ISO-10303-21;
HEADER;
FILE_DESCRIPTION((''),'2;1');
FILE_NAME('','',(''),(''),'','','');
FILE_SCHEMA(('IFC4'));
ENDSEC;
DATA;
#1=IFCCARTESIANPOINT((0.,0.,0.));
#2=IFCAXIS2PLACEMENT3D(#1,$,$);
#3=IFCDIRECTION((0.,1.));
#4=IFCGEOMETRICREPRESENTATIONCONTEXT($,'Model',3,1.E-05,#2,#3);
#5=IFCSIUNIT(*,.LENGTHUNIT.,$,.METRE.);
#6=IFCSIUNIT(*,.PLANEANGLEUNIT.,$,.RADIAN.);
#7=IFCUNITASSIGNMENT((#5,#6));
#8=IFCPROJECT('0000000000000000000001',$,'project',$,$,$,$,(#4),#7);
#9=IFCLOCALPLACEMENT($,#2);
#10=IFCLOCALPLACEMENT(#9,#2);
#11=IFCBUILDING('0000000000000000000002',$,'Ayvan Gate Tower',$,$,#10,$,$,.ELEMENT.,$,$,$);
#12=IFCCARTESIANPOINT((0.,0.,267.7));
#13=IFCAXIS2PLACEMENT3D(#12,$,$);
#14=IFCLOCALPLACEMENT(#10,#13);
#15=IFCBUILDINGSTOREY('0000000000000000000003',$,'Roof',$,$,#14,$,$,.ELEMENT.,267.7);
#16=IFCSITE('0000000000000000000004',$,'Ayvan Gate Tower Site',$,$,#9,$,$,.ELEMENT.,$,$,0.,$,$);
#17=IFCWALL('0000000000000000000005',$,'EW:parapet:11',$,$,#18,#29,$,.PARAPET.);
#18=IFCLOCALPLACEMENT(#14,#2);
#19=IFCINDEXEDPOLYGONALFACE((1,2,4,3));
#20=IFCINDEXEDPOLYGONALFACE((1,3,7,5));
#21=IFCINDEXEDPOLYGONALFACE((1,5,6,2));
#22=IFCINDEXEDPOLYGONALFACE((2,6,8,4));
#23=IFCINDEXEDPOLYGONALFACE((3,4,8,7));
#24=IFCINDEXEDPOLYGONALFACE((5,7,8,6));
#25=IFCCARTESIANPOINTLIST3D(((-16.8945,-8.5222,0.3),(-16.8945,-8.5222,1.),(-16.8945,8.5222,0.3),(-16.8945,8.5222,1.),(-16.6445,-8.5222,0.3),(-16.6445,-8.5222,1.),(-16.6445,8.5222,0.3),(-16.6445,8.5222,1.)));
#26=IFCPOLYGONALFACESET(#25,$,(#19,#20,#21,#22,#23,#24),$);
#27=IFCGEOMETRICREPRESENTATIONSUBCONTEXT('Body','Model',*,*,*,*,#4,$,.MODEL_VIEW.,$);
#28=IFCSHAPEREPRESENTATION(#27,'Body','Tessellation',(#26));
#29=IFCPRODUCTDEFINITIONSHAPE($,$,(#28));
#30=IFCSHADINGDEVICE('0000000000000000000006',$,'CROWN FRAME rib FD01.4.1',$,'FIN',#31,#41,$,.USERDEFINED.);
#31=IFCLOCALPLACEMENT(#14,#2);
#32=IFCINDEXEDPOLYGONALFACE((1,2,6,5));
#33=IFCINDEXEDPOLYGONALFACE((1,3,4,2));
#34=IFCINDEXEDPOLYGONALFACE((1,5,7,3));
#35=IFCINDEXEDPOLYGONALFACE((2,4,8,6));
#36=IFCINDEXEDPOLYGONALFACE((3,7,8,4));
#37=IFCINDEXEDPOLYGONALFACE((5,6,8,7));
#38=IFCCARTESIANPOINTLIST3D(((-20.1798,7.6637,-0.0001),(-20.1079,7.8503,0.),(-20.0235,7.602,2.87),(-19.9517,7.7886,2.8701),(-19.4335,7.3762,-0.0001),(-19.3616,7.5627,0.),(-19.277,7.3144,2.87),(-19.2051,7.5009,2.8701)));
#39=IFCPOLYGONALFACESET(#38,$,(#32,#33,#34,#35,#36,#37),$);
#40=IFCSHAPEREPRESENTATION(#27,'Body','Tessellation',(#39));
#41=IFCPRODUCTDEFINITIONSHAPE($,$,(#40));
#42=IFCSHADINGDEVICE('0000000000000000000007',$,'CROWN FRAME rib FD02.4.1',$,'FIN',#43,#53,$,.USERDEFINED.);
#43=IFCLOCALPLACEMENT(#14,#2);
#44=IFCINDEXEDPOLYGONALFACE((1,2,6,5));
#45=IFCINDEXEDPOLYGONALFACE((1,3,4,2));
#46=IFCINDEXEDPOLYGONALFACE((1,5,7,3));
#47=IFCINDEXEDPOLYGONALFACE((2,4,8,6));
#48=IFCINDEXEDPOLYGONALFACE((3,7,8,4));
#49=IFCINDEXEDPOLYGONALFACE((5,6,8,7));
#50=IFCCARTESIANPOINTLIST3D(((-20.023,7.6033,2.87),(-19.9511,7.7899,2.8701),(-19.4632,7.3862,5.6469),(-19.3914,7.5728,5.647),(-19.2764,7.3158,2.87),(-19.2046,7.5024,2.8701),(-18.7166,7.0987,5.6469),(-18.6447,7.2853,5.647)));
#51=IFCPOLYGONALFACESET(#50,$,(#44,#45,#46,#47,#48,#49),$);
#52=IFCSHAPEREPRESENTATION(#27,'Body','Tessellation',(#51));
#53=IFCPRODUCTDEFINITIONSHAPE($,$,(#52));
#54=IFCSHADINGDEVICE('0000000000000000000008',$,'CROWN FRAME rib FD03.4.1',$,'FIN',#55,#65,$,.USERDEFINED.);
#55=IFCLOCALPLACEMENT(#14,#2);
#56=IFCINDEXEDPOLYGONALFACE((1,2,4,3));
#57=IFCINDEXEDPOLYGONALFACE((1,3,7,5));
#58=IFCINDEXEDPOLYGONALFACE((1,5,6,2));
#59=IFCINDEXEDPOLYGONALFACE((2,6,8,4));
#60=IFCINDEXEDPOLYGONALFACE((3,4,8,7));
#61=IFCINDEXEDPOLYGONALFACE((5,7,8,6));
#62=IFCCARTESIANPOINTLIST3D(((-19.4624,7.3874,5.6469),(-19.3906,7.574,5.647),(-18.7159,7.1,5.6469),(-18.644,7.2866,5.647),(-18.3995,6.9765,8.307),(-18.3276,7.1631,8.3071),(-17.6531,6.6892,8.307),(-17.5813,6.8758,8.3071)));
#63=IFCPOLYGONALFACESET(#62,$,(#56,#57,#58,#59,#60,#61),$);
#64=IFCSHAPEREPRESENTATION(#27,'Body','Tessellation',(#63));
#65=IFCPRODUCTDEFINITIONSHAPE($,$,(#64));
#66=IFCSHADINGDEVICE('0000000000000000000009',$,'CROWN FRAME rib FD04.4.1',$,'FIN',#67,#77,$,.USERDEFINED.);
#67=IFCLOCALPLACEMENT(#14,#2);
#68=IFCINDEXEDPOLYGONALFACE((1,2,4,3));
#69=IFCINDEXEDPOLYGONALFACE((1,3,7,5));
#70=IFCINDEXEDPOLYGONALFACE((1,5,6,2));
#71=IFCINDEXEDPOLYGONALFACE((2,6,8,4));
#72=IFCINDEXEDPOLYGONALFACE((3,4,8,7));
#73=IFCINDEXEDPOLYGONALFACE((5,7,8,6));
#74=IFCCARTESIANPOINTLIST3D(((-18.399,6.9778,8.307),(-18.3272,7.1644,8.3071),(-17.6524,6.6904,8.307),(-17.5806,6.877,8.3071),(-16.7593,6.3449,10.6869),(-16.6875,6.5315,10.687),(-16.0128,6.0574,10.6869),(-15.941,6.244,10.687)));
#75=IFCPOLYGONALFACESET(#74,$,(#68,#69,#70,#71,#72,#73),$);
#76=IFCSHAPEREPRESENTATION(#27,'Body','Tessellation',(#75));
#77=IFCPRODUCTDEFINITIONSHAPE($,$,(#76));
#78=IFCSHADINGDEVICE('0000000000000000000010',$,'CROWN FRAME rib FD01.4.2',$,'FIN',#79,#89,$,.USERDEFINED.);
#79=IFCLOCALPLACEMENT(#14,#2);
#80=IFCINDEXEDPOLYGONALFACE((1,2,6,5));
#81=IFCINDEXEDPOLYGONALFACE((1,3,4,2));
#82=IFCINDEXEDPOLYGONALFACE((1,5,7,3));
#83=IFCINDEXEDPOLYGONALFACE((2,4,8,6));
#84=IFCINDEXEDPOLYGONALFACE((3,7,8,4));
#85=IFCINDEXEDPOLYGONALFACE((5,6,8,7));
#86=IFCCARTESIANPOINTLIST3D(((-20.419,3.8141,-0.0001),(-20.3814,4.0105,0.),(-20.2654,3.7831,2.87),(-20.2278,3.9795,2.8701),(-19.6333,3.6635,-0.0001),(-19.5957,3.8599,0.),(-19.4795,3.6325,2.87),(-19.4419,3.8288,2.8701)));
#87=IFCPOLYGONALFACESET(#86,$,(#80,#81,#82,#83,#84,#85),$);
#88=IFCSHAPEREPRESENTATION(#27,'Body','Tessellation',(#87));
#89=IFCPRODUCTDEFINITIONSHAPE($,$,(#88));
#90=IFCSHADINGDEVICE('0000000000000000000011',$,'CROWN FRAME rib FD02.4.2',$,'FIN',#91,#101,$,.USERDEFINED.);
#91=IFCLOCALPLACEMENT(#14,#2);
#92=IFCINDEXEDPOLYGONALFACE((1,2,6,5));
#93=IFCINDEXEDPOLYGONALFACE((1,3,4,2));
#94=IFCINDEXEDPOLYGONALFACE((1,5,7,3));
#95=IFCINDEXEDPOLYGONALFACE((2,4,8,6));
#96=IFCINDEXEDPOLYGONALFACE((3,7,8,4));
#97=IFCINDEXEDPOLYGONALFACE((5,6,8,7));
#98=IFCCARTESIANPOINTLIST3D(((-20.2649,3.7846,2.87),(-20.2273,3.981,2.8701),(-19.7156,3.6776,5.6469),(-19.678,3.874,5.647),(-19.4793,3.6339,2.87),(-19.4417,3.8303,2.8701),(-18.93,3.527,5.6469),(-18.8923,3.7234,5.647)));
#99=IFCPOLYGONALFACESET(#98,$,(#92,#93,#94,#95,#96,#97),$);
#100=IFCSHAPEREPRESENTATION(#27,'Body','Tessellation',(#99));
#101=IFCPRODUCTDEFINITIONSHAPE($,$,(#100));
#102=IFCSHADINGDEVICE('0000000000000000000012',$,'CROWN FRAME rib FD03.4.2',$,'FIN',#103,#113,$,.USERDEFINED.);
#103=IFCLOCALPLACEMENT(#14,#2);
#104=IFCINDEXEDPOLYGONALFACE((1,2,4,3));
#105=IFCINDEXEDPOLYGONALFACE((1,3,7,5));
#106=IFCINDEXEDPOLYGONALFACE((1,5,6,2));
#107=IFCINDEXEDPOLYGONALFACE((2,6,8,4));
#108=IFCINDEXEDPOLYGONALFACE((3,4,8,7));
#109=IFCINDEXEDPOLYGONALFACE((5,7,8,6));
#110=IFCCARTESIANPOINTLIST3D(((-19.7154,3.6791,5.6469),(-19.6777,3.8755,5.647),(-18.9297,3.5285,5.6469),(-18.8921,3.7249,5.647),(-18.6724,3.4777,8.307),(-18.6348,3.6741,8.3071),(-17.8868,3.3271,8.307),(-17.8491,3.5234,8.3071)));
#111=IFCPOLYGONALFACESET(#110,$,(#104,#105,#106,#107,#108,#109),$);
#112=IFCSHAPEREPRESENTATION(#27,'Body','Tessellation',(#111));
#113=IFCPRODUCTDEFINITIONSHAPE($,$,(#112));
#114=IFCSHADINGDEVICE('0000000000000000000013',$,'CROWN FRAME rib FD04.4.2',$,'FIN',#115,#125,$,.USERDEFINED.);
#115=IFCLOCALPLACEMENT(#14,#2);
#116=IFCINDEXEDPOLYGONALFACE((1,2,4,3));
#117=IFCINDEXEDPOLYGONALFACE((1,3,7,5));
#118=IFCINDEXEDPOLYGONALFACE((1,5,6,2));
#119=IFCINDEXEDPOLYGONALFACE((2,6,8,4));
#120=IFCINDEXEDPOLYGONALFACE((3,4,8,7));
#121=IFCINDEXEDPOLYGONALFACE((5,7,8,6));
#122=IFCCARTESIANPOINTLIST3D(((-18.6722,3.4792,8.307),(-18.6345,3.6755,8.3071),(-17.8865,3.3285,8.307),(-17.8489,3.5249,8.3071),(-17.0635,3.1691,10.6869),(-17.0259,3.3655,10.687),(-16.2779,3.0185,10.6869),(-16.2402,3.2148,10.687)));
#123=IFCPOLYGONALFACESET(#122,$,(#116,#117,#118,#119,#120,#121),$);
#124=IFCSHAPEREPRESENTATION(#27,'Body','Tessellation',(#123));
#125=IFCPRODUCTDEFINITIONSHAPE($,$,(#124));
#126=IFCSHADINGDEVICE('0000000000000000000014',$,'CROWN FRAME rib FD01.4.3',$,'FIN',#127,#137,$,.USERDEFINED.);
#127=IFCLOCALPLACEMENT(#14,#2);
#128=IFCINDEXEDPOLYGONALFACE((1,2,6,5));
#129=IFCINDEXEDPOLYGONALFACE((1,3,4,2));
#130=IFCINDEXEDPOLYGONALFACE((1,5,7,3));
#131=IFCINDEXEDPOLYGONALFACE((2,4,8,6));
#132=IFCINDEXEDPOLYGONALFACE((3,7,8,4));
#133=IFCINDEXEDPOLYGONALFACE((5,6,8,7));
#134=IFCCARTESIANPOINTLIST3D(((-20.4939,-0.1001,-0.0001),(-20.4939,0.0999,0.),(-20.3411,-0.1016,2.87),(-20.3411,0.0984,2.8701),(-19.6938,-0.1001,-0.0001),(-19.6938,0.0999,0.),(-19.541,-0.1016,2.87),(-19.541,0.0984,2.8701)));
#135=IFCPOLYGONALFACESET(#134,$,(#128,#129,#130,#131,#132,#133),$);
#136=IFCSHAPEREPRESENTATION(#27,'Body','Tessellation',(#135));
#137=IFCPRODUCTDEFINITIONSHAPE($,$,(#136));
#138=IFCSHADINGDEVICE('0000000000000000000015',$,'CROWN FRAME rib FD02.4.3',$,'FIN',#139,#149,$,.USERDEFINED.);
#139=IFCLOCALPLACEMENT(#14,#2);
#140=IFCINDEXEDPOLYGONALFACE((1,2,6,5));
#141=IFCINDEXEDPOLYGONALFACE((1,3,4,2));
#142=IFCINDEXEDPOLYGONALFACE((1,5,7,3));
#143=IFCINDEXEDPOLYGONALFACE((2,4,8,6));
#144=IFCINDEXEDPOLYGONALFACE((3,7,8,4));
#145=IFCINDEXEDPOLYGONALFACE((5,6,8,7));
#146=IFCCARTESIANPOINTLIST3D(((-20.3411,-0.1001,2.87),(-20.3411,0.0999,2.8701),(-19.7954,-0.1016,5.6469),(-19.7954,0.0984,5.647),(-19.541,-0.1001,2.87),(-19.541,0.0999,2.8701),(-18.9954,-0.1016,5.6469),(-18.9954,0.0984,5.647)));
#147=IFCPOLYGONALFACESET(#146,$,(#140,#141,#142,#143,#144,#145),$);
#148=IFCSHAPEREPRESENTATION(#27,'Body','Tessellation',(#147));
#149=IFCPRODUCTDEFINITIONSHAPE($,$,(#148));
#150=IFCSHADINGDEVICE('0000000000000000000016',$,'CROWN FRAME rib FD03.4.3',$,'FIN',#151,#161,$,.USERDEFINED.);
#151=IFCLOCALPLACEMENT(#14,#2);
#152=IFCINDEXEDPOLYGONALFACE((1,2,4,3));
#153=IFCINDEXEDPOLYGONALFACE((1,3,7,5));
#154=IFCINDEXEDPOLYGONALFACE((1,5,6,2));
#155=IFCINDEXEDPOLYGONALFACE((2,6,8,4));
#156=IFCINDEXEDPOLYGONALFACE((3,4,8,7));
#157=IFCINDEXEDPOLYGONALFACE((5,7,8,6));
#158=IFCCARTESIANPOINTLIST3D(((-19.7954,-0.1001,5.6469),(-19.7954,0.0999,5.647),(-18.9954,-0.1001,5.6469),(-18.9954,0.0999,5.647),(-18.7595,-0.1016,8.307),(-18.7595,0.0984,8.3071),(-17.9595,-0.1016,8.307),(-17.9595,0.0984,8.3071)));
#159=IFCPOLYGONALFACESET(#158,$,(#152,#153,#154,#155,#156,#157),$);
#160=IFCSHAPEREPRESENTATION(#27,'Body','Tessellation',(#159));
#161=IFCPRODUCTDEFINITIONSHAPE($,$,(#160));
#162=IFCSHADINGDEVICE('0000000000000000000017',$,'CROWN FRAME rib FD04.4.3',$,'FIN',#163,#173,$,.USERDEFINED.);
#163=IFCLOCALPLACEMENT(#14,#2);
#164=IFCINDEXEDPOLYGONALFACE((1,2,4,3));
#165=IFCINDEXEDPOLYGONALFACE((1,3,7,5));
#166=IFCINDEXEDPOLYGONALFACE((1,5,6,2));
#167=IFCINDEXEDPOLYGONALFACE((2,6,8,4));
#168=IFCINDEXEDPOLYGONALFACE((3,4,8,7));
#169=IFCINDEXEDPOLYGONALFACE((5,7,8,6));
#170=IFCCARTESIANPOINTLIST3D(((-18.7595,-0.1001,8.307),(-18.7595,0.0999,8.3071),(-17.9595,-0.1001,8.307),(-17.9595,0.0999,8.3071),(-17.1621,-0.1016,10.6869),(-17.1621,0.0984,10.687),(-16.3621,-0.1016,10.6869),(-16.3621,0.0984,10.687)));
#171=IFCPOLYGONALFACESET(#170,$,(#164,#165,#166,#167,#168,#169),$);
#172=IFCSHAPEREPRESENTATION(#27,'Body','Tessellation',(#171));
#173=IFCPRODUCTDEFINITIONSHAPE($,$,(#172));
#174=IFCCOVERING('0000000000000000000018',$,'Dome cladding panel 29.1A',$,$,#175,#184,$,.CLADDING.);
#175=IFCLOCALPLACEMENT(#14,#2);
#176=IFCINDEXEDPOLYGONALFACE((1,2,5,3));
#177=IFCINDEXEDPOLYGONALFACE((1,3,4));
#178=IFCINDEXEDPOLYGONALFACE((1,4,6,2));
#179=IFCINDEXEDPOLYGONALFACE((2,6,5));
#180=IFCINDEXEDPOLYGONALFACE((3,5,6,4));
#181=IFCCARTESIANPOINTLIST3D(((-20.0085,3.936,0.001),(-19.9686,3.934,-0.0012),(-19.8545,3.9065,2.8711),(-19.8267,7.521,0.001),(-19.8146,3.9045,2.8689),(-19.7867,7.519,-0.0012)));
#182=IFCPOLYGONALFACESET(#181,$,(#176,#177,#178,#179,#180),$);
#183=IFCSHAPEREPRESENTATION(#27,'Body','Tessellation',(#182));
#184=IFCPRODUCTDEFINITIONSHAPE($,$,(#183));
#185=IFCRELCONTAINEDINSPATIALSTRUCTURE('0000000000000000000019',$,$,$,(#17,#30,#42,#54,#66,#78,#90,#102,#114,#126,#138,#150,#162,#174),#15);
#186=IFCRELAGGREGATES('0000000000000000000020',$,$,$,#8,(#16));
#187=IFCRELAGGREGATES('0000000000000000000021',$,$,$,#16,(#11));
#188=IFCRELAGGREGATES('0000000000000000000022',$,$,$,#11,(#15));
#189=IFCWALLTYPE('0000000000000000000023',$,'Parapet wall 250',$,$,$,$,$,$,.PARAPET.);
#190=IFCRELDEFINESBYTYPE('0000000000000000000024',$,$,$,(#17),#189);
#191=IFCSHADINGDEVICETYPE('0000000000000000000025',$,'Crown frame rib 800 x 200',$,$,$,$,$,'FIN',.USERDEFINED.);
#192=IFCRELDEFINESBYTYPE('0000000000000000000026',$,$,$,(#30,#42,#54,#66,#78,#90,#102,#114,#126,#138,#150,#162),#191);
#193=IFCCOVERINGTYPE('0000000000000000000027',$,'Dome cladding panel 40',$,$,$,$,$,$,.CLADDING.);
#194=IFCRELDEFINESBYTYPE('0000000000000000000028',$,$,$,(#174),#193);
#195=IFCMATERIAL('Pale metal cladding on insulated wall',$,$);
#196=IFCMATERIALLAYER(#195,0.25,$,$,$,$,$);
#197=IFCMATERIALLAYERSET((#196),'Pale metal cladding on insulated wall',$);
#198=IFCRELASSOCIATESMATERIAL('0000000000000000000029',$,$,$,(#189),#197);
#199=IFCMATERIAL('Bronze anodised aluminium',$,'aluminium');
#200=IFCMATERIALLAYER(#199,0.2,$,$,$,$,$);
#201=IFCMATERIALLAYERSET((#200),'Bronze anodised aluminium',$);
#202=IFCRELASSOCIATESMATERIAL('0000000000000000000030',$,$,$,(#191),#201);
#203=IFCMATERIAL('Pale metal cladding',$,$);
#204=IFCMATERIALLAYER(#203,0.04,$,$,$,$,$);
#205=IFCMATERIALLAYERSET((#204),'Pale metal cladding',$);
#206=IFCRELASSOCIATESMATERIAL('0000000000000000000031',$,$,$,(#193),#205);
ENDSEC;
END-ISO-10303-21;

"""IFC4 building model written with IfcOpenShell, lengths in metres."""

from ifc_helpers import new_model, si_unit, direction, frame, frame_2d, origin, place, context, subcontext, project, spatial, polyline, rectangle, outline, extrude, material, layer, layer_set, type_object, element, save


model = new_model("IFC4")

# Units and contexts
model_context = context("Model", 3, precision=1e-05, world=origin(), true_north=direction((0.0, 1.0)))
body_context = subcontext(model_context, "Body", "Model", "MODEL_VIEW")
ifc_project = project(units=[si_unit("LENGTHUNIT", "METRE"), si_unit("PLANEANGLEUNIT", "RADIAN")], contexts=[model_context])

# Site, building, storey
site_placement = place(None, origin())
site = spatial("IfcSite", under=ifc_project, at=site_placement, Name="Ayvan Gate Tower Site", CompositionType="ELEMENT", RefElevation=0.0)
building_placement = place(site_placement, origin())
building = spatial("IfcBuilding", under=site, at=building_placement, Name="Ayvan Gate Tower", CompositionType="ELEMENT")
storey_placement = place(building_placement, frame((0.0, 0.0, 267.7)))
storey = spatial("IfcBuildingStorey", under=building, at=storey_placement, Name="Roof", CompositionType="ELEMENT", Elevation=267.7)

# Wall
ifc_material_1 = material(Name="Pale metal cladding on insulated wall")
ifc_layer_1 = layer(ifc_material_1, 0.25)
ifc_layer_set_1 = layer_set([ifc_layer_1], Name="Pale metal cladding on insulated wall")
wall_type = type_object("IfcWallType", Name="Parapet wall 250", PredefinedType="PARAPET", material=ifc_layer_set_1)
wall_placement = place(storey_placement, frame((-16.7695, 8.5222, 0.3), z_axis=(0.0, 0.0, 1.0), x_axis=(0.0, -1.0, 0.0)))
element("IfcWall", 1, at=wall_placement, inside=storey, type_object=wall_type, Name="EW:parapet:11", PredefinedType="PARAPET", context=body_context, shape_type="SweptSolid", body=[
    extrude(rectangle(XDim=17.0444, YDim=0.25, at=frame_2d((8.5222, 0.0))), origin(), (0.0, 0.0, 1.0), 0.7),
])

# Shading devices
ifc_material_2 = material(Name="Bronze anodised aluminium", Category="aluminium")
ifc_layer_2 = layer(ifc_material_2, 0.2)
ifc_layer_set_2 = layer_set([ifc_layer_2], Name="Bronze anodised aluminium")
shading_device_type = type_object("IfcShadingDeviceType", Name="Crown frame rib 800 x 200", ElementType="FIN", PredefinedType="USERDEFINED", material=ifc_layer_set_2)
shading_device_1_placement = place(storey_placement, frame((-19.3616, 7.5627, 0.0), z_axis=(0.359521, 0.933137, 0.000494), x_axis=(-0.933137, 0.359521, 0.0)))
element("IfcShadingDevice", 2, at=shading_device_1_placement, inside=storey, type_object=shading_device_type, Name="CROWN FRAME rib FD01.4.1", ObjectType="FIN", PredefinedType="USERDEFINED", context=body_context, shape_type="SweptSolid", body=[
    extrude(outline(polyline([(0.0, 0.0), (0.7998, 0.0), (0.6318, 2.8701), (-0.1682, 2.8701), (0.0, 0.0)])), origin(), (0.0, 0.0, -1.0), 0.2),
])
shading_device_2_placement = place(storey_placement, frame((-19.2046, 7.5024, 2.8701), z_axis=(0.359337, 0.933208, 0.000539), x_axis=(-0.933208, 0.359337, 0.0)))
element("IfcShadingDevice", 3, at=shading_device_2_placement, inside=storey, type_object=shading_device_type, Name="CROWN FRAME rib FD02.4.1", ObjectType="FIN", PredefinedType="USERDEFINED", context=body_context, shape_type="SweptSolid", body=[
    extrude(outline(polyline([(0.0, 0.0), (0.8, 0.0), (0.1996, 2.7769), (-0.6005, 2.7769), (0.0, 0.0)])), origin(), (0.0, 0.0, -1.0), 0.2),
])
shading_device_3_placement = place(storey_placement, frame((-18.644, 7.2866, 5.647), z_axis=(0.359255, 0.933239, 0.000608), x_axis=(-0.933239, 0.359255, 0.0)))
element("IfcShadingDevice", 4, at=shading_device_3_placement, inside=storey, type_object=shading_device_type, Name="CROWN FRAME rib FD03.4.1", ObjectType="FIN", PredefinedType="USERDEFINED", context=body_context, shape_type="SweptSolid", body=[
    extrude(outline(polyline([(0.0, 0.0), (0.8, 0.0), (-0.3397, 2.6602), (-1.1394, 2.6602), (0.0, 0.0)])), origin(), (0.0, 0.0, -1.0), 0.2),
])
shading_device_4_placement = place(storey_placement, frame((-17.5806, 6.877, 8.3071), z_axis=(0.359337, 0.933208, 0.000619), x_axis=(-0.933208, 0.359337, 0.0)))
element("IfcShadingDevice", 5, at=shading_device_4_placement, inside=storey, type_object=shading_device_type, Name="CROWN FRAME rib FD04.4.1", ObjectType="FIN", PredefinedType="USERDEFINED", context=body_context, shape_type="SweptSolid", body=[
    extrude(outline(polyline([(0.0, 0.0), (0.8001, 0.0), (-0.9576, 2.3799), (-1.7575, 2.3799), (0.0, 0.0)])), origin(), (0.0, 0.0, -1.0), 0.2),
])
shading_device_5_placement = place(storey_placement, frame((-19.5957, 3.8599, 0.0), z_axis=(0.188276, 0.982116, 0.000528), x_axis=(-0.982116, 0.188276, 0.0)))
element("IfcShadingDevice", 6, at=shading_device_5_placement, inside=storey, type_object=shading_device_type, Name="CROWN FRAME rib FD01.4.2", ObjectType="FIN", PredefinedType="USERDEFINED", context=body_context, shape_type="SweptSolid", body=[
    extrude(outline(polyline([(0.0, 0.0), (0.8, 0.0), (0.6433, 2.8701), (-0.1569, 2.8701), (0.0, 0.0)])), origin(), (0.0, 0.0, -1.0), 0.2),
])
shading_device_6_placement = place(storey_placement, frame((-19.4417, 3.8303, 2.8701), z_axis=(0.188304, 0.982111, 0.00057), x_axis=(-0.982111, 0.188304, 0.0)))
element("IfcShadingDevice", 7, at=shading_device_6_placement, inside=storey, type_object=shading_device_type, Name="CROWN FRAME rib FD02.4.2", ObjectType="FIN", PredefinedType="USERDEFINED", context=body_context, shape_type="SweptSolid", body=[
    extrude(outline(polyline([(0.0, 0.0), (0.8, 0.0), (0.2403, 2.7769), (-0.5596, 2.7769), (0.0, 0.0)])), origin(), (0.0, 0.0, -1.0), 0.2),
])
shading_device_7_placement = place(storey_placement, frame((-18.8921, 3.7249, 5.647), z_axis=(0.188304, 0.982111, 0.000533), x_axis=(-0.982111, 0.188304, 0.0)))
element("IfcShadingDevice", 8, at=shading_device_7_placement, inside=storey, type_object=shading_device_type, Name="CROWN FRAME rib FD03.4.2", ObjectType="FIN", PredefinedType="USERDEFINED", context=body_context, shape_type="SweptSolid", body=[
    extrude(outline(polyline([(0.0, 0.0), (0.8, 0.0), (-0.2623, 2.6602), (-1.0622, 2.6602), (0.0, 0.0)])), origin(), (0.0, 0.0, -1.0), 0.2),
])
shading_device_8_placement = place(storey_placement, frame((-17.8489, 3.5249, 8.3071), z_axis=(0.188304, 0.982111, 0.000671), x_axis=(-0.982111, 0.188304, 0.0)))
element("IfcShadingDevice", 9, at=shading_device_8_placement, inside=storey, type_object=shading_device_type, Name="CROWN FRAME rib FD04.4.2", ObjectType="FIN", PredefinedType="USERDEFINED", context=body_context, shape_type="SweptSolid", body=[
    extrude(outline(polyline([(0.0, 0.0), (0.8, 0.0), (-0.8383, 2.3799), (-1.6383, 2.3799), (0.0, 0.0)])), origin(), (0.0, 0.0, -1.0), 0.2),
])
shading_device_9_placement = place(storey_placement, frame((-19.6938, 0.0999, 0.0), z_axis=(0.0, 1.0, 0.00051), x_axis=(-1.0, 0.0, 0.0)))
element("IfcShadingDevice", 10, at=shading_device_9_placement, inside=storey, type_object=shading_device_type, Name="CROWN FRAME rib FD01.4.3", ObjectType="FIN", PredefinedType="USERDEFINED", context=body_context, shape_type="SweptSolid", body=[
    extrude(outline(polyline([(0.0, 0.0), (0.8, 0.0), (0.6472, 2.8701), (-0.1528, 2.8701), (0.0, 0.0)])), origin(), (0.0, 0.0, -1.0), 0.2),
])
shading_device_10_placement = place(storey_placement, frame((-19.541, 0.0999, 2.8701), z_axis=(0.0, 1.0, 0.000528), x_axis=(-1.0, 0.0, 0.0)))
element("IfcShadingDevice", 11, at=shading_device_10_placement, inside=storey, type_object=shading_device_type, Name="CROWN FRAME rib FD02.4.3", ObjectType="FIN", PredefinedType="USERDEFINED", context=body_context, shape_type="SweptSolid", body=[
    extrude(outline(polyline([(0.0, 0.0), (0.8, 0.0), (0.2544, 2.7769), (-0.5457, 2.7769), (0.0, 0.0)])), origin(), (0.0, 0.0, -1.0), 0.2),
])
shading_device_11_placement = place(storey_placement, frame((-18.9954, 0.0999, 5.647), z_axis=(0.0, 1.0, 0.000551), x_axis=(-1.0, 0.0, 0.0)))
element("IfcShadingDevice", 12, at=shading_device_11_placement, inside=storey, type_object=shading_device_type, Name="CROWN FRAME rib FD03.4.3", ObjectType="FIN", PredefinedType="USERDEFINED", context=body_context, shape_type="SweptSolid", body=[
    extrude(outline(polyline([(0.0, 0.0), (0.8, 0.0), (-0.2358, 2.6602), (-1.0359, 2.6602), (0.0, 0.0)])), origin(), (0.0, 0.0, -1.0), 0.2),
])
shading_device_12_placement = place(storey_placement, frame((-17.9595, 0.0999, 8.3071), z_axis=(0.0, 1.0, 0.000616), x_axis=(-1.0, 0.0, 0.0)))
element("IfcShadingDevice", 13, at=shading_device_12_placement, inside=storey, type_object=shading_device_type, Name="CROWN FRAME rib FD04.4.3", ObjectType="FIN", PredefinedType="USERDEFINED", context=body_context, shape_type="SweptSolid", body=[
    extrude(outline(polyline([(0.0, 0.0), (0.8, 0.0), (-0.7974, 2.3799), (-1.5974, 2.3799), (0.0, 0.0)])), origin(), (0.0, 0.0, -1.0), 0.2),
])

# Covering
ifc_material_3 = material(Name="Pale metal cladding")
ifc_layer_3 = layer(ifc_material_3, 0.04)
ifc_layer_set_3 = layer_set([ifc_layer_3], Name="Pale metal cladding")
covering_type = type_object("IfcCoveringType", Name="Dome cladding panel 40", PredefinedType="CLADDING", material=ifc_layer_set_3)
covering_1_placement = place(storey_placement, frame((-19.8267, 7.521, 0.001), z_axis=(-0.997256, 0.050596, 0.054048), x_axis=(-0.05067, -0.998715, 0.0)))
element("IfcCovering", 14, at=covering_1_placement, inside=storey, type_object=covering_type, Name="Dome cladding panel 29.1A", PredefinedType="CLADDING", context=body_context, shape_type="SweptSolid", body=[
    extrude(outline(polyline([(0.0, 0.0), (3.5896, 0.0), (3.6113, 2.8743), (0.0, 0.0)])), origin(), (0.0, 0.0, -1.0), 0.04),
])

save(model, "model.ifc")
